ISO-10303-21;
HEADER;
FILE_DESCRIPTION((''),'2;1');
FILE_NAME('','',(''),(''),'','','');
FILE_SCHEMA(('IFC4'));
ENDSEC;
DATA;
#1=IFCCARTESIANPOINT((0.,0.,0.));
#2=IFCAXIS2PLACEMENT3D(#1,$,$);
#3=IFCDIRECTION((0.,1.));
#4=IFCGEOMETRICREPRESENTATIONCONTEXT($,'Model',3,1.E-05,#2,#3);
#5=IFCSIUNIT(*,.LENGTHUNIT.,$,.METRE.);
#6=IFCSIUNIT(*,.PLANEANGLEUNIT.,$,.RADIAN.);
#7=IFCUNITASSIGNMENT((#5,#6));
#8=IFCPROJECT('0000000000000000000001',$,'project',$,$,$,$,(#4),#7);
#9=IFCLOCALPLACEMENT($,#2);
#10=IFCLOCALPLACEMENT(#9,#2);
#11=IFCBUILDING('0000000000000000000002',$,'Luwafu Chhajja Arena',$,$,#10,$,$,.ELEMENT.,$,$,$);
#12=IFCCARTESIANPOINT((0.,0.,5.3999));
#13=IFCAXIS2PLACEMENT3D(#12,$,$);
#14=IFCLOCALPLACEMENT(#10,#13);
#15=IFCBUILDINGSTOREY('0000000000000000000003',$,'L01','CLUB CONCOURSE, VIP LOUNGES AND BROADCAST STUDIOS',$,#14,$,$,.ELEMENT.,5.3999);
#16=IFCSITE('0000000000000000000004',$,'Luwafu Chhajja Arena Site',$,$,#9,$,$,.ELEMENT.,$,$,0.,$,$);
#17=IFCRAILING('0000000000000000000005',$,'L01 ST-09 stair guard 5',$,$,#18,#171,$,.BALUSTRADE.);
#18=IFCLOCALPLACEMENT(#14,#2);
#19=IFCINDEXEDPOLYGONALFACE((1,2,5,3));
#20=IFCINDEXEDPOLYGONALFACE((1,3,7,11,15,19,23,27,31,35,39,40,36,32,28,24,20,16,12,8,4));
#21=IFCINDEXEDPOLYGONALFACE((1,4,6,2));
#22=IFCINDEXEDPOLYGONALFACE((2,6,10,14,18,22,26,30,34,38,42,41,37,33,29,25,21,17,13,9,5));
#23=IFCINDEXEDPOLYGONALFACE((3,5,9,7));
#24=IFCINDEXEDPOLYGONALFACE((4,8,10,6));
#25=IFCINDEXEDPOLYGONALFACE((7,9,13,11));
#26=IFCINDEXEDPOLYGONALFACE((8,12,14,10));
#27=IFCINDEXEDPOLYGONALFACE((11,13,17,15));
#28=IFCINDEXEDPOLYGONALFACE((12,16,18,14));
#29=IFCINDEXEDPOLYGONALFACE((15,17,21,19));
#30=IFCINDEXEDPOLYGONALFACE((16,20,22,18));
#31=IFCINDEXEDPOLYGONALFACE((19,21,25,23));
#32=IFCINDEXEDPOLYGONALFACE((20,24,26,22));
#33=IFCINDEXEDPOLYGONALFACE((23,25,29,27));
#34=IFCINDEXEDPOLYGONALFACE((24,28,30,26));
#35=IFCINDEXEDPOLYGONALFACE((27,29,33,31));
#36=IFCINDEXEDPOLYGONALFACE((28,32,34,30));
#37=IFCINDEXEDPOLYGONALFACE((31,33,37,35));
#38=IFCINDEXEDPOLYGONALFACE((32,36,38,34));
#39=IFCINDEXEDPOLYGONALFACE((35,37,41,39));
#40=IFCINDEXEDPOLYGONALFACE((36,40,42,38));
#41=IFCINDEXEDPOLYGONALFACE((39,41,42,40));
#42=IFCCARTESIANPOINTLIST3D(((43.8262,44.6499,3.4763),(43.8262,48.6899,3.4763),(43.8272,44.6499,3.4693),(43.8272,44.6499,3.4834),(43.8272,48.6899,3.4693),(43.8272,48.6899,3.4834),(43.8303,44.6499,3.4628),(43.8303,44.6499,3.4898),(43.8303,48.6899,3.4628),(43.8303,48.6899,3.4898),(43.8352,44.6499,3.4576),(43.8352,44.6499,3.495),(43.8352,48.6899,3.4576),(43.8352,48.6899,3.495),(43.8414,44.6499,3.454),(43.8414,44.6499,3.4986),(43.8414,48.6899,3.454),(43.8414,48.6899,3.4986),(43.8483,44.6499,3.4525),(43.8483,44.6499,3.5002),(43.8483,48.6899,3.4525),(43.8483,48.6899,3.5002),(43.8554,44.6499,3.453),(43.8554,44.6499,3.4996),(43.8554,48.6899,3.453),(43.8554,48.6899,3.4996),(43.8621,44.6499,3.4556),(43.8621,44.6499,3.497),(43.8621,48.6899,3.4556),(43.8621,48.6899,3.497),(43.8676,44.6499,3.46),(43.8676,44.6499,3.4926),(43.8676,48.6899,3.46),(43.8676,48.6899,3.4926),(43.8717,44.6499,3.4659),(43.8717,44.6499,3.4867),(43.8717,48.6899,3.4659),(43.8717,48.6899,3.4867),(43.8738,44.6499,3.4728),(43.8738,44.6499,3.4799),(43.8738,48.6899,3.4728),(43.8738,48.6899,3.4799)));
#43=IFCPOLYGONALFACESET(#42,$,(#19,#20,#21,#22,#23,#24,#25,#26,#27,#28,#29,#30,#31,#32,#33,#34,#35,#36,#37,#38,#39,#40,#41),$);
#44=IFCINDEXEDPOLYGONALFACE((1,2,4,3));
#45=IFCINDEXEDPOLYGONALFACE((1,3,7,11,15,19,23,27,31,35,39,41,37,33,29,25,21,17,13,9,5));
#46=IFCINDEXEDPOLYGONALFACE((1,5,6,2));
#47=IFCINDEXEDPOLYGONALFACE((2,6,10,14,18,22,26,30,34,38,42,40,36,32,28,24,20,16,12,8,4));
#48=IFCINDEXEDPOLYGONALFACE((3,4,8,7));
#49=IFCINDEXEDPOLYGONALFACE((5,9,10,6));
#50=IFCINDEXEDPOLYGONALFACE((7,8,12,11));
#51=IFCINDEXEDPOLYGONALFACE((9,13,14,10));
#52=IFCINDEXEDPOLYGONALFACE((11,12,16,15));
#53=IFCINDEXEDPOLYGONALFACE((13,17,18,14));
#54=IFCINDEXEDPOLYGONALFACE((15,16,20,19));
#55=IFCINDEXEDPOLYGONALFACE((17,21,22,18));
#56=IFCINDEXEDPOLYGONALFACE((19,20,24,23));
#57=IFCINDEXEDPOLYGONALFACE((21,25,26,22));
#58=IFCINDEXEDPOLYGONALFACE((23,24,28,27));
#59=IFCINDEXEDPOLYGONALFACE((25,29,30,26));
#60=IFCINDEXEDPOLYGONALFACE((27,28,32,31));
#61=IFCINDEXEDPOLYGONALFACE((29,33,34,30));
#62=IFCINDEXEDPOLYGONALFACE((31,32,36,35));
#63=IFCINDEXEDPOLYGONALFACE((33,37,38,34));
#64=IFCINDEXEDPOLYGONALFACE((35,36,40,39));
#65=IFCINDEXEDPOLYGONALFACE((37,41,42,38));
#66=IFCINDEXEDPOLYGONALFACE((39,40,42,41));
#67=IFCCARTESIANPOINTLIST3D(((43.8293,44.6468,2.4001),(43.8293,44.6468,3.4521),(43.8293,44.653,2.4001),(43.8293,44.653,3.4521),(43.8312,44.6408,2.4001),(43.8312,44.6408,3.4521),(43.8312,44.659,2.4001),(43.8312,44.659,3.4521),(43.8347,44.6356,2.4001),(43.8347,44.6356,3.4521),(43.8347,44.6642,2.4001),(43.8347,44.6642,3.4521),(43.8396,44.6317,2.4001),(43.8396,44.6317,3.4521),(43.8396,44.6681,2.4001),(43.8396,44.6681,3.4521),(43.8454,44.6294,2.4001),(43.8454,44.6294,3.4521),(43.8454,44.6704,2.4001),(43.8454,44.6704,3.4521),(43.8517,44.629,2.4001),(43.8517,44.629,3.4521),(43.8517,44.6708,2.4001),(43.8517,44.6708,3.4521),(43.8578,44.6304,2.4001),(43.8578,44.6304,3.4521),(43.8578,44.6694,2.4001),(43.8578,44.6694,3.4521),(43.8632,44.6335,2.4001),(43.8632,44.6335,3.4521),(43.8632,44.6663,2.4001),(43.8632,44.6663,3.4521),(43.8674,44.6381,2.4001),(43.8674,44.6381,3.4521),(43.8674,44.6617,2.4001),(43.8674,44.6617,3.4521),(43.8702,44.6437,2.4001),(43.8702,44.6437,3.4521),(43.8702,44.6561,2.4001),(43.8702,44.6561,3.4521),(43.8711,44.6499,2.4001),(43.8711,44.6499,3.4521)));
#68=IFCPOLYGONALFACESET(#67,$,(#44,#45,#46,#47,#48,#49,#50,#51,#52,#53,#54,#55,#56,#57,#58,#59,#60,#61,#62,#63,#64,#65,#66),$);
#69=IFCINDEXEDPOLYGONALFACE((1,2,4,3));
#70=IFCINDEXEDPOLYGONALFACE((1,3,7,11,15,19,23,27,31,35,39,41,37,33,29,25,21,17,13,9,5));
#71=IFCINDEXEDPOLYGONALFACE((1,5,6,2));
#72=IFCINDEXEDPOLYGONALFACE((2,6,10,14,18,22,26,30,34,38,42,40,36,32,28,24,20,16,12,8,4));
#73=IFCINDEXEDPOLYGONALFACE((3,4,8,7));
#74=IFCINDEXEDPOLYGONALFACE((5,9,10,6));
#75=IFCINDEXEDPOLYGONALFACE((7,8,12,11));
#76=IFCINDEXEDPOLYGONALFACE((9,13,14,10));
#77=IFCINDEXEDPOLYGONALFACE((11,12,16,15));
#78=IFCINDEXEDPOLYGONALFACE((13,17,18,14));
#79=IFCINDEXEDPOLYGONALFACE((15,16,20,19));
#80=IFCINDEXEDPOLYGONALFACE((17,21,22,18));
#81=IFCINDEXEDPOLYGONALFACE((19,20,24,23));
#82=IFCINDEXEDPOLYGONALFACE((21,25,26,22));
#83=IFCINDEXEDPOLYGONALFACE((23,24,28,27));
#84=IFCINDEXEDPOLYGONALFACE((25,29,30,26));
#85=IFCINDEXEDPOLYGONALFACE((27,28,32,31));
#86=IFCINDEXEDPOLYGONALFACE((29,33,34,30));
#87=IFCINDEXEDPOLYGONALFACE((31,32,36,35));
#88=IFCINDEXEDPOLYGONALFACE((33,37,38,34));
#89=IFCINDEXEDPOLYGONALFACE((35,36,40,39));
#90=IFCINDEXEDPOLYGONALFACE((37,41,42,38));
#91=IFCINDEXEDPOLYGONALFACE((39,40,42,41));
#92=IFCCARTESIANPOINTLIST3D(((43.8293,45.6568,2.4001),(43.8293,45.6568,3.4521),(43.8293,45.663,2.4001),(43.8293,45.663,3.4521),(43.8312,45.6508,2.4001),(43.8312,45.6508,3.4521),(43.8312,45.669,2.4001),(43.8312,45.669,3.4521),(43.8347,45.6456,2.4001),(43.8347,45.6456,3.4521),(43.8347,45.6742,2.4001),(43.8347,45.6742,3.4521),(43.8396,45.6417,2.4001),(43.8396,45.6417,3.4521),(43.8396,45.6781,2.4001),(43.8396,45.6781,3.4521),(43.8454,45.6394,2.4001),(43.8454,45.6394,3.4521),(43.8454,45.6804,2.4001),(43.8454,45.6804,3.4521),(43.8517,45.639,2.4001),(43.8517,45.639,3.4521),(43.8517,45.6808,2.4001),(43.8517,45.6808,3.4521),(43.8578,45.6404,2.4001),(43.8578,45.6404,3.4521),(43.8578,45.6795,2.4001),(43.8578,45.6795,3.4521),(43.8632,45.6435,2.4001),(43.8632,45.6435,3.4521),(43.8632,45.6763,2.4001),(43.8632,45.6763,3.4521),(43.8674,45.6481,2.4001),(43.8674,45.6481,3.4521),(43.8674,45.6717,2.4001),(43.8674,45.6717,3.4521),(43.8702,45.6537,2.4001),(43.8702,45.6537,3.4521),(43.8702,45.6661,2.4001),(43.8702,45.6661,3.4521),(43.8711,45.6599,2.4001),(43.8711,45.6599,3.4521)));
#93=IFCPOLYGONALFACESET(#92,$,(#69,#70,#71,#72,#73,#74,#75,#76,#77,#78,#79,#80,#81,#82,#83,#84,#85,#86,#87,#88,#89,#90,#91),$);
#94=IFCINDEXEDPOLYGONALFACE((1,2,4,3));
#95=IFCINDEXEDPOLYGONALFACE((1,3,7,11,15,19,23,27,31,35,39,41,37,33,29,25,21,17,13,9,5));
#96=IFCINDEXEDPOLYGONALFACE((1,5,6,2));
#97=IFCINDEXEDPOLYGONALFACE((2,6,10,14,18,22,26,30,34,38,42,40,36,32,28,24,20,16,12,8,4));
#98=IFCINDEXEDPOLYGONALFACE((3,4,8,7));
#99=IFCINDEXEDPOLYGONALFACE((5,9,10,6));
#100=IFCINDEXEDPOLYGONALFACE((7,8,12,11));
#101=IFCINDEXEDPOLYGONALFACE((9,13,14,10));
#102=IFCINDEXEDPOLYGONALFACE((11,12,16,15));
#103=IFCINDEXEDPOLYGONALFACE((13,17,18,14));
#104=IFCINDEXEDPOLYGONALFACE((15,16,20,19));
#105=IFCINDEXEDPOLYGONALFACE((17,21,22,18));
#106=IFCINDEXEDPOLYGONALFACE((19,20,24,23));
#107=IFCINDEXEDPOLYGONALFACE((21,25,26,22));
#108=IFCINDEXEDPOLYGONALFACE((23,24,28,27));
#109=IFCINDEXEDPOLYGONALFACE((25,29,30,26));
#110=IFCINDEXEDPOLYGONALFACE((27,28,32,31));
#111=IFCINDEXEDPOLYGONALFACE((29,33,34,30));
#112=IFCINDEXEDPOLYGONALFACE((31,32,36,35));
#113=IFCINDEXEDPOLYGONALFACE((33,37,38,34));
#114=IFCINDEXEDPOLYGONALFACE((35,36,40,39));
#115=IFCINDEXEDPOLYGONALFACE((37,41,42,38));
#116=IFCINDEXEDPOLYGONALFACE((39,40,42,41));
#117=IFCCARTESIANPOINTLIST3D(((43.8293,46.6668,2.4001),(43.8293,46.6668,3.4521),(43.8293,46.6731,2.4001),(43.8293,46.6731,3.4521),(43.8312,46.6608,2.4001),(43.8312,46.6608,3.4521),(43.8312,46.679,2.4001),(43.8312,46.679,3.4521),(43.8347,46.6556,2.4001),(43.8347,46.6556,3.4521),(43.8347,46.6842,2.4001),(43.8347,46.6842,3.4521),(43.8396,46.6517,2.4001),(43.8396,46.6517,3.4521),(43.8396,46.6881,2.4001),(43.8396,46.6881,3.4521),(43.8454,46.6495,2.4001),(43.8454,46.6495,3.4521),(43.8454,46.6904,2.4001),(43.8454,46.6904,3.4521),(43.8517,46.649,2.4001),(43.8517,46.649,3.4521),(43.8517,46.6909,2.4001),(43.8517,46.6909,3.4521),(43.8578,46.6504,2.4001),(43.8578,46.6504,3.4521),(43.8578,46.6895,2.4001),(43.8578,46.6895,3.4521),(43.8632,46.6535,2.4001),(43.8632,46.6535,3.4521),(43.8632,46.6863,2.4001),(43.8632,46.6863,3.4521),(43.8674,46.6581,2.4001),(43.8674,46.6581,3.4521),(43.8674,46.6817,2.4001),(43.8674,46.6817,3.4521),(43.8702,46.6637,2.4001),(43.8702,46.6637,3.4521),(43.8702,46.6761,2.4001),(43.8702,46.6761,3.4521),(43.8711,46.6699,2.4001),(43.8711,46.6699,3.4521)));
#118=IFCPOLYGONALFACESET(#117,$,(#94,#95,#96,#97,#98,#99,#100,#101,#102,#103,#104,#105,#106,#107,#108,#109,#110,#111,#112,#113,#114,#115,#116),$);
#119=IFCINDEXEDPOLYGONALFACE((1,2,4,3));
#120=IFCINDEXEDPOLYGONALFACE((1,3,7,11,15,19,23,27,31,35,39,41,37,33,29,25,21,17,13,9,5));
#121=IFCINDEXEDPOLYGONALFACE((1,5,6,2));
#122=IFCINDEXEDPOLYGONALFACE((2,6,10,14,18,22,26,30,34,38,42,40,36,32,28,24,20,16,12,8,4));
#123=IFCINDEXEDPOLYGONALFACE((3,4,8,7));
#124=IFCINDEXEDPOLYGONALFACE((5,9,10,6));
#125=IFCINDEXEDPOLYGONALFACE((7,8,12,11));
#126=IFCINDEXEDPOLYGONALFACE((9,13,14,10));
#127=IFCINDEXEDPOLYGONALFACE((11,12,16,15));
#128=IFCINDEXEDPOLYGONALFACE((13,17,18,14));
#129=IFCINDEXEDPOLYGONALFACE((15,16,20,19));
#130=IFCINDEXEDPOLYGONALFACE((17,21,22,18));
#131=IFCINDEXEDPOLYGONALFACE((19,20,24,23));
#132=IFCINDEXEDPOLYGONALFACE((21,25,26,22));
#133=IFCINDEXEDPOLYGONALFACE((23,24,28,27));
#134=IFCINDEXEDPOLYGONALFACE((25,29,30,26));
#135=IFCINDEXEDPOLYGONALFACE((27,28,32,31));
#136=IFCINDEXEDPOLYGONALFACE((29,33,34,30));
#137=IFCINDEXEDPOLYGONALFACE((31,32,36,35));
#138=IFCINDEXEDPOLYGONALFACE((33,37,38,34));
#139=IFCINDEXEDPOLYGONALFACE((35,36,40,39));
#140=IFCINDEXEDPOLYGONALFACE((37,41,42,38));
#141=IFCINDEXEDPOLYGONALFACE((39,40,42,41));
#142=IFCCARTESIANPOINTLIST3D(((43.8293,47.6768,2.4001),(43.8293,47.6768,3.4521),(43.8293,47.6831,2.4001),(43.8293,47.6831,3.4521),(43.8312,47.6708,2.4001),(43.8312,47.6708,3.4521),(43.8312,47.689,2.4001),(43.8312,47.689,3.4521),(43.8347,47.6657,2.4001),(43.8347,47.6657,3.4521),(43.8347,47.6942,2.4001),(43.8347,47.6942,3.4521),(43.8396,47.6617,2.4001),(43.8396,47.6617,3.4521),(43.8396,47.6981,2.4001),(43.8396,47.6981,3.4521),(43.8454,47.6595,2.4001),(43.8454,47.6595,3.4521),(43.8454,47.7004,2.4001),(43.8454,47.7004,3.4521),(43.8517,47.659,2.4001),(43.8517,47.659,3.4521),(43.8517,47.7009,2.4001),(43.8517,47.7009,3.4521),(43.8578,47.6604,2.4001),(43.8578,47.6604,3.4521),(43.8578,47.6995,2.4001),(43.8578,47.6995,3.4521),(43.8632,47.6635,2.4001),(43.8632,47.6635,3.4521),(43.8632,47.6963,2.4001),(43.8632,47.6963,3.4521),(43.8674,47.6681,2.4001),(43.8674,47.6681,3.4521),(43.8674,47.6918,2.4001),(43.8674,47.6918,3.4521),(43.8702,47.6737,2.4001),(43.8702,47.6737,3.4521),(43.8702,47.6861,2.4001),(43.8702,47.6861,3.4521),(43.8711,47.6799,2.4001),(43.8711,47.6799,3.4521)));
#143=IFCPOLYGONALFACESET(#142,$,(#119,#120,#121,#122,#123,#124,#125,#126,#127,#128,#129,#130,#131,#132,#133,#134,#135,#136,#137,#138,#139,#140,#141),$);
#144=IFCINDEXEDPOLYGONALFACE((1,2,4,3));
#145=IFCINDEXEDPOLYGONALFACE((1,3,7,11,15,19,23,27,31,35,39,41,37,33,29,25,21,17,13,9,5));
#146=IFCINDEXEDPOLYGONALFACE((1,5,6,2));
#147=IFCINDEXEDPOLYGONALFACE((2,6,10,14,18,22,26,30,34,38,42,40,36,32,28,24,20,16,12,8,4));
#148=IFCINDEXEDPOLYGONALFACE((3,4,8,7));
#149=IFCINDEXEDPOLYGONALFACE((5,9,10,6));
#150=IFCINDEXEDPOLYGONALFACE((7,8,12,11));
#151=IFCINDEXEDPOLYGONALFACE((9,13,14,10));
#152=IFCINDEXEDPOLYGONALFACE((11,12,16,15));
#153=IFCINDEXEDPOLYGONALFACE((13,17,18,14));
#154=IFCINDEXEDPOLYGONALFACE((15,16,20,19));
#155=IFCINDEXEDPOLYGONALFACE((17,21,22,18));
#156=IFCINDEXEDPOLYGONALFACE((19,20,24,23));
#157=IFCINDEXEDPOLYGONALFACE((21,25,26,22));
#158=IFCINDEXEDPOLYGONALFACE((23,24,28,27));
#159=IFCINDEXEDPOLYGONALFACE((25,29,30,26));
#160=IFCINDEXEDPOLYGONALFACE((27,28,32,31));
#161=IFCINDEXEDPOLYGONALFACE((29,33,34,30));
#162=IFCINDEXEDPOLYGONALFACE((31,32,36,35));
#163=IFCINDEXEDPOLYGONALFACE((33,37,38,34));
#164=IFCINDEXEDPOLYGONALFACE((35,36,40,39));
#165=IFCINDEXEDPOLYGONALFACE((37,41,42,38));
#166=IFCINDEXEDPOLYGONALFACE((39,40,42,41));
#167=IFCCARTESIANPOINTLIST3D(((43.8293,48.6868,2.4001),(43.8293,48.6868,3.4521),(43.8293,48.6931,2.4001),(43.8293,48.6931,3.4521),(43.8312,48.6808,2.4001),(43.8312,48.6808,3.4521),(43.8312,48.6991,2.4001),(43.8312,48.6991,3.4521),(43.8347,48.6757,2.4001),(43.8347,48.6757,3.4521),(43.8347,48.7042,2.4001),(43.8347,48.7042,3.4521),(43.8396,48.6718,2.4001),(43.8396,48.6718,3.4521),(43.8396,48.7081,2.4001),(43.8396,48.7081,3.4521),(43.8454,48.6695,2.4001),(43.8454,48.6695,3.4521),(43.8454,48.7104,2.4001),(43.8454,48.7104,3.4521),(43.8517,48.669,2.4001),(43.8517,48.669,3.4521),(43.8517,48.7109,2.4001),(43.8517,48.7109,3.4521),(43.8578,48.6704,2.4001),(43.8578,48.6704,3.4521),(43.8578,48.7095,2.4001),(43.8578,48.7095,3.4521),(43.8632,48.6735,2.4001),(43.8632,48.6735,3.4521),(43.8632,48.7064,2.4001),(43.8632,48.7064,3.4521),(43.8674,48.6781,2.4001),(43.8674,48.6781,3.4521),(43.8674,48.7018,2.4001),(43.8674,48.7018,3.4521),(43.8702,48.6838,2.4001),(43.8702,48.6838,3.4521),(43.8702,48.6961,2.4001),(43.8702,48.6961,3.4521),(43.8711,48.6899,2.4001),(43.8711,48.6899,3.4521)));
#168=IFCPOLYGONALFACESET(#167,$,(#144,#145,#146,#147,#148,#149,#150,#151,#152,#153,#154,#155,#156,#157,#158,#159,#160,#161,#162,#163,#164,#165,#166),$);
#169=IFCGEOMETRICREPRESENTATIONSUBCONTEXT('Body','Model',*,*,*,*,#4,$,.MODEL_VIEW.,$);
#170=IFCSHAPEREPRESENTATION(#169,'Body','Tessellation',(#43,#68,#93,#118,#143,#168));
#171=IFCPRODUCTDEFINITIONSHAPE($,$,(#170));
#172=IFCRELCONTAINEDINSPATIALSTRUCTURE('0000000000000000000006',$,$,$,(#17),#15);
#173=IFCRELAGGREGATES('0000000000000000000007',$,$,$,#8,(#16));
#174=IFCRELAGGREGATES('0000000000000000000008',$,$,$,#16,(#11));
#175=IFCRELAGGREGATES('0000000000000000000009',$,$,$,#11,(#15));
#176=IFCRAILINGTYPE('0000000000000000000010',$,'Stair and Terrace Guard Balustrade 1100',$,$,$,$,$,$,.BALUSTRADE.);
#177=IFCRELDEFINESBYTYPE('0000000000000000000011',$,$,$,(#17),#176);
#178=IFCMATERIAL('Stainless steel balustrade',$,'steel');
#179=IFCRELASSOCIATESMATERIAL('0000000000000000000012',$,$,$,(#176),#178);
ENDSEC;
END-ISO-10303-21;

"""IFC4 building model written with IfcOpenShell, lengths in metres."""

from ifc_helpers import new_model, si_unit, direction, frame, origin, origin_2d, place, context, subcontext, project, spatial, circle, extrude, material, type_object, element, save


model = new_model("IFC4")

# Units and contexts
model_context = context("Model", 3, precision=1e-05, world=origin(), true_north=direction((0.0, 1.0)))
body_context = subcontext(model_context, "Body", "Model", "MODEL_VIEW")
ifc_project = project(units=[si_unit("LENGTHUNIT", "METRE"), si_unit("PLANEANGLEUNIT", "RADIAN")], contexts=[model_context])

# Site, building, storey
site_placement = place(None, origin())
site = spatial("IfcSite", under=ifc_project, at=site_placement, Name="Luwafu Chhajja Arena Site", CompositionType="ELEMENT", RefElevation=0.0)
building_placement = place(site_placement, origin())
building = spatial("IfcBuilding", under=site, at=building_placement, Name="Luwafu Chhajja Arena", CompositionType="ELEMENT")
storey_placement = place(building_placement, frame((0.0, 0.0, 5.3999)))
storey = spatial("IfcBuildingStorey", under=building, at=storey_placement, Name="L01", Description="CLUB CONCOURSE, VIP LOUNGES AND BROADCAST STUDIOS", CompositionType="ELEMENT", Elevation=5.3999)

# Railing
ifc_material_1 = material(Name="Stainless steel balustrade", Category="steel")
railing_type_1 = type_object("IfcRailingType", Name="Stair and Terrace Guard Balustrade 1100", PredefinedType="BALUSTRADE", material=ifc_material_1)
railing_1_placement = place(storey_placement, frame((43.8501, 44.6499, 2.4001)))
element("IfcRailing", 1, at=railing_1_placement, inside=storey, type_object=railing_type_1, Name="L01 ST-09 stair guard 5", PredefinedType="BALUSTRADE", context=body_context, shape_type="SweptSolid", body=[
    extrude(circle(Radius=0.0239, at=origin_2d()), frame((0.0, 0.0, 1.0762), z_axis=(0.0, 1.0, 0.0), x_axis=(-1.0, 0.0, 0.0)), (0.0, 0.0, 1.0), 4.04),
    extrude(circle(Radius=0.021, at=origin_2d()), origin(), (0.0, 0.0, 1.0), 1.052),
    extrude(circle(Radius=0.021, at=origin_2d()), frame((0.0, 1.01, 0.0)), (0.0, 0.0, 1.0), 1.052),
    extrude(circle(Radius=0.021, at=origin_2d()), frame((0.0, 2.02, 0.0)), (0.0, 0.0, 1.0), 1.052),
    extrude(circle(Radius=0.021, at=origin_2d()), frame((0.0, 3.03, 0.0)), (0.0, 0.0, 1.0), 1.052),
    extrude(circle(Radius=0.021, at=origin_2d()), frame((0.0, 4.04, 0.0)), (0.0, 0.0, 1.0), 1.052),
])

save(model, "model.ifc")
